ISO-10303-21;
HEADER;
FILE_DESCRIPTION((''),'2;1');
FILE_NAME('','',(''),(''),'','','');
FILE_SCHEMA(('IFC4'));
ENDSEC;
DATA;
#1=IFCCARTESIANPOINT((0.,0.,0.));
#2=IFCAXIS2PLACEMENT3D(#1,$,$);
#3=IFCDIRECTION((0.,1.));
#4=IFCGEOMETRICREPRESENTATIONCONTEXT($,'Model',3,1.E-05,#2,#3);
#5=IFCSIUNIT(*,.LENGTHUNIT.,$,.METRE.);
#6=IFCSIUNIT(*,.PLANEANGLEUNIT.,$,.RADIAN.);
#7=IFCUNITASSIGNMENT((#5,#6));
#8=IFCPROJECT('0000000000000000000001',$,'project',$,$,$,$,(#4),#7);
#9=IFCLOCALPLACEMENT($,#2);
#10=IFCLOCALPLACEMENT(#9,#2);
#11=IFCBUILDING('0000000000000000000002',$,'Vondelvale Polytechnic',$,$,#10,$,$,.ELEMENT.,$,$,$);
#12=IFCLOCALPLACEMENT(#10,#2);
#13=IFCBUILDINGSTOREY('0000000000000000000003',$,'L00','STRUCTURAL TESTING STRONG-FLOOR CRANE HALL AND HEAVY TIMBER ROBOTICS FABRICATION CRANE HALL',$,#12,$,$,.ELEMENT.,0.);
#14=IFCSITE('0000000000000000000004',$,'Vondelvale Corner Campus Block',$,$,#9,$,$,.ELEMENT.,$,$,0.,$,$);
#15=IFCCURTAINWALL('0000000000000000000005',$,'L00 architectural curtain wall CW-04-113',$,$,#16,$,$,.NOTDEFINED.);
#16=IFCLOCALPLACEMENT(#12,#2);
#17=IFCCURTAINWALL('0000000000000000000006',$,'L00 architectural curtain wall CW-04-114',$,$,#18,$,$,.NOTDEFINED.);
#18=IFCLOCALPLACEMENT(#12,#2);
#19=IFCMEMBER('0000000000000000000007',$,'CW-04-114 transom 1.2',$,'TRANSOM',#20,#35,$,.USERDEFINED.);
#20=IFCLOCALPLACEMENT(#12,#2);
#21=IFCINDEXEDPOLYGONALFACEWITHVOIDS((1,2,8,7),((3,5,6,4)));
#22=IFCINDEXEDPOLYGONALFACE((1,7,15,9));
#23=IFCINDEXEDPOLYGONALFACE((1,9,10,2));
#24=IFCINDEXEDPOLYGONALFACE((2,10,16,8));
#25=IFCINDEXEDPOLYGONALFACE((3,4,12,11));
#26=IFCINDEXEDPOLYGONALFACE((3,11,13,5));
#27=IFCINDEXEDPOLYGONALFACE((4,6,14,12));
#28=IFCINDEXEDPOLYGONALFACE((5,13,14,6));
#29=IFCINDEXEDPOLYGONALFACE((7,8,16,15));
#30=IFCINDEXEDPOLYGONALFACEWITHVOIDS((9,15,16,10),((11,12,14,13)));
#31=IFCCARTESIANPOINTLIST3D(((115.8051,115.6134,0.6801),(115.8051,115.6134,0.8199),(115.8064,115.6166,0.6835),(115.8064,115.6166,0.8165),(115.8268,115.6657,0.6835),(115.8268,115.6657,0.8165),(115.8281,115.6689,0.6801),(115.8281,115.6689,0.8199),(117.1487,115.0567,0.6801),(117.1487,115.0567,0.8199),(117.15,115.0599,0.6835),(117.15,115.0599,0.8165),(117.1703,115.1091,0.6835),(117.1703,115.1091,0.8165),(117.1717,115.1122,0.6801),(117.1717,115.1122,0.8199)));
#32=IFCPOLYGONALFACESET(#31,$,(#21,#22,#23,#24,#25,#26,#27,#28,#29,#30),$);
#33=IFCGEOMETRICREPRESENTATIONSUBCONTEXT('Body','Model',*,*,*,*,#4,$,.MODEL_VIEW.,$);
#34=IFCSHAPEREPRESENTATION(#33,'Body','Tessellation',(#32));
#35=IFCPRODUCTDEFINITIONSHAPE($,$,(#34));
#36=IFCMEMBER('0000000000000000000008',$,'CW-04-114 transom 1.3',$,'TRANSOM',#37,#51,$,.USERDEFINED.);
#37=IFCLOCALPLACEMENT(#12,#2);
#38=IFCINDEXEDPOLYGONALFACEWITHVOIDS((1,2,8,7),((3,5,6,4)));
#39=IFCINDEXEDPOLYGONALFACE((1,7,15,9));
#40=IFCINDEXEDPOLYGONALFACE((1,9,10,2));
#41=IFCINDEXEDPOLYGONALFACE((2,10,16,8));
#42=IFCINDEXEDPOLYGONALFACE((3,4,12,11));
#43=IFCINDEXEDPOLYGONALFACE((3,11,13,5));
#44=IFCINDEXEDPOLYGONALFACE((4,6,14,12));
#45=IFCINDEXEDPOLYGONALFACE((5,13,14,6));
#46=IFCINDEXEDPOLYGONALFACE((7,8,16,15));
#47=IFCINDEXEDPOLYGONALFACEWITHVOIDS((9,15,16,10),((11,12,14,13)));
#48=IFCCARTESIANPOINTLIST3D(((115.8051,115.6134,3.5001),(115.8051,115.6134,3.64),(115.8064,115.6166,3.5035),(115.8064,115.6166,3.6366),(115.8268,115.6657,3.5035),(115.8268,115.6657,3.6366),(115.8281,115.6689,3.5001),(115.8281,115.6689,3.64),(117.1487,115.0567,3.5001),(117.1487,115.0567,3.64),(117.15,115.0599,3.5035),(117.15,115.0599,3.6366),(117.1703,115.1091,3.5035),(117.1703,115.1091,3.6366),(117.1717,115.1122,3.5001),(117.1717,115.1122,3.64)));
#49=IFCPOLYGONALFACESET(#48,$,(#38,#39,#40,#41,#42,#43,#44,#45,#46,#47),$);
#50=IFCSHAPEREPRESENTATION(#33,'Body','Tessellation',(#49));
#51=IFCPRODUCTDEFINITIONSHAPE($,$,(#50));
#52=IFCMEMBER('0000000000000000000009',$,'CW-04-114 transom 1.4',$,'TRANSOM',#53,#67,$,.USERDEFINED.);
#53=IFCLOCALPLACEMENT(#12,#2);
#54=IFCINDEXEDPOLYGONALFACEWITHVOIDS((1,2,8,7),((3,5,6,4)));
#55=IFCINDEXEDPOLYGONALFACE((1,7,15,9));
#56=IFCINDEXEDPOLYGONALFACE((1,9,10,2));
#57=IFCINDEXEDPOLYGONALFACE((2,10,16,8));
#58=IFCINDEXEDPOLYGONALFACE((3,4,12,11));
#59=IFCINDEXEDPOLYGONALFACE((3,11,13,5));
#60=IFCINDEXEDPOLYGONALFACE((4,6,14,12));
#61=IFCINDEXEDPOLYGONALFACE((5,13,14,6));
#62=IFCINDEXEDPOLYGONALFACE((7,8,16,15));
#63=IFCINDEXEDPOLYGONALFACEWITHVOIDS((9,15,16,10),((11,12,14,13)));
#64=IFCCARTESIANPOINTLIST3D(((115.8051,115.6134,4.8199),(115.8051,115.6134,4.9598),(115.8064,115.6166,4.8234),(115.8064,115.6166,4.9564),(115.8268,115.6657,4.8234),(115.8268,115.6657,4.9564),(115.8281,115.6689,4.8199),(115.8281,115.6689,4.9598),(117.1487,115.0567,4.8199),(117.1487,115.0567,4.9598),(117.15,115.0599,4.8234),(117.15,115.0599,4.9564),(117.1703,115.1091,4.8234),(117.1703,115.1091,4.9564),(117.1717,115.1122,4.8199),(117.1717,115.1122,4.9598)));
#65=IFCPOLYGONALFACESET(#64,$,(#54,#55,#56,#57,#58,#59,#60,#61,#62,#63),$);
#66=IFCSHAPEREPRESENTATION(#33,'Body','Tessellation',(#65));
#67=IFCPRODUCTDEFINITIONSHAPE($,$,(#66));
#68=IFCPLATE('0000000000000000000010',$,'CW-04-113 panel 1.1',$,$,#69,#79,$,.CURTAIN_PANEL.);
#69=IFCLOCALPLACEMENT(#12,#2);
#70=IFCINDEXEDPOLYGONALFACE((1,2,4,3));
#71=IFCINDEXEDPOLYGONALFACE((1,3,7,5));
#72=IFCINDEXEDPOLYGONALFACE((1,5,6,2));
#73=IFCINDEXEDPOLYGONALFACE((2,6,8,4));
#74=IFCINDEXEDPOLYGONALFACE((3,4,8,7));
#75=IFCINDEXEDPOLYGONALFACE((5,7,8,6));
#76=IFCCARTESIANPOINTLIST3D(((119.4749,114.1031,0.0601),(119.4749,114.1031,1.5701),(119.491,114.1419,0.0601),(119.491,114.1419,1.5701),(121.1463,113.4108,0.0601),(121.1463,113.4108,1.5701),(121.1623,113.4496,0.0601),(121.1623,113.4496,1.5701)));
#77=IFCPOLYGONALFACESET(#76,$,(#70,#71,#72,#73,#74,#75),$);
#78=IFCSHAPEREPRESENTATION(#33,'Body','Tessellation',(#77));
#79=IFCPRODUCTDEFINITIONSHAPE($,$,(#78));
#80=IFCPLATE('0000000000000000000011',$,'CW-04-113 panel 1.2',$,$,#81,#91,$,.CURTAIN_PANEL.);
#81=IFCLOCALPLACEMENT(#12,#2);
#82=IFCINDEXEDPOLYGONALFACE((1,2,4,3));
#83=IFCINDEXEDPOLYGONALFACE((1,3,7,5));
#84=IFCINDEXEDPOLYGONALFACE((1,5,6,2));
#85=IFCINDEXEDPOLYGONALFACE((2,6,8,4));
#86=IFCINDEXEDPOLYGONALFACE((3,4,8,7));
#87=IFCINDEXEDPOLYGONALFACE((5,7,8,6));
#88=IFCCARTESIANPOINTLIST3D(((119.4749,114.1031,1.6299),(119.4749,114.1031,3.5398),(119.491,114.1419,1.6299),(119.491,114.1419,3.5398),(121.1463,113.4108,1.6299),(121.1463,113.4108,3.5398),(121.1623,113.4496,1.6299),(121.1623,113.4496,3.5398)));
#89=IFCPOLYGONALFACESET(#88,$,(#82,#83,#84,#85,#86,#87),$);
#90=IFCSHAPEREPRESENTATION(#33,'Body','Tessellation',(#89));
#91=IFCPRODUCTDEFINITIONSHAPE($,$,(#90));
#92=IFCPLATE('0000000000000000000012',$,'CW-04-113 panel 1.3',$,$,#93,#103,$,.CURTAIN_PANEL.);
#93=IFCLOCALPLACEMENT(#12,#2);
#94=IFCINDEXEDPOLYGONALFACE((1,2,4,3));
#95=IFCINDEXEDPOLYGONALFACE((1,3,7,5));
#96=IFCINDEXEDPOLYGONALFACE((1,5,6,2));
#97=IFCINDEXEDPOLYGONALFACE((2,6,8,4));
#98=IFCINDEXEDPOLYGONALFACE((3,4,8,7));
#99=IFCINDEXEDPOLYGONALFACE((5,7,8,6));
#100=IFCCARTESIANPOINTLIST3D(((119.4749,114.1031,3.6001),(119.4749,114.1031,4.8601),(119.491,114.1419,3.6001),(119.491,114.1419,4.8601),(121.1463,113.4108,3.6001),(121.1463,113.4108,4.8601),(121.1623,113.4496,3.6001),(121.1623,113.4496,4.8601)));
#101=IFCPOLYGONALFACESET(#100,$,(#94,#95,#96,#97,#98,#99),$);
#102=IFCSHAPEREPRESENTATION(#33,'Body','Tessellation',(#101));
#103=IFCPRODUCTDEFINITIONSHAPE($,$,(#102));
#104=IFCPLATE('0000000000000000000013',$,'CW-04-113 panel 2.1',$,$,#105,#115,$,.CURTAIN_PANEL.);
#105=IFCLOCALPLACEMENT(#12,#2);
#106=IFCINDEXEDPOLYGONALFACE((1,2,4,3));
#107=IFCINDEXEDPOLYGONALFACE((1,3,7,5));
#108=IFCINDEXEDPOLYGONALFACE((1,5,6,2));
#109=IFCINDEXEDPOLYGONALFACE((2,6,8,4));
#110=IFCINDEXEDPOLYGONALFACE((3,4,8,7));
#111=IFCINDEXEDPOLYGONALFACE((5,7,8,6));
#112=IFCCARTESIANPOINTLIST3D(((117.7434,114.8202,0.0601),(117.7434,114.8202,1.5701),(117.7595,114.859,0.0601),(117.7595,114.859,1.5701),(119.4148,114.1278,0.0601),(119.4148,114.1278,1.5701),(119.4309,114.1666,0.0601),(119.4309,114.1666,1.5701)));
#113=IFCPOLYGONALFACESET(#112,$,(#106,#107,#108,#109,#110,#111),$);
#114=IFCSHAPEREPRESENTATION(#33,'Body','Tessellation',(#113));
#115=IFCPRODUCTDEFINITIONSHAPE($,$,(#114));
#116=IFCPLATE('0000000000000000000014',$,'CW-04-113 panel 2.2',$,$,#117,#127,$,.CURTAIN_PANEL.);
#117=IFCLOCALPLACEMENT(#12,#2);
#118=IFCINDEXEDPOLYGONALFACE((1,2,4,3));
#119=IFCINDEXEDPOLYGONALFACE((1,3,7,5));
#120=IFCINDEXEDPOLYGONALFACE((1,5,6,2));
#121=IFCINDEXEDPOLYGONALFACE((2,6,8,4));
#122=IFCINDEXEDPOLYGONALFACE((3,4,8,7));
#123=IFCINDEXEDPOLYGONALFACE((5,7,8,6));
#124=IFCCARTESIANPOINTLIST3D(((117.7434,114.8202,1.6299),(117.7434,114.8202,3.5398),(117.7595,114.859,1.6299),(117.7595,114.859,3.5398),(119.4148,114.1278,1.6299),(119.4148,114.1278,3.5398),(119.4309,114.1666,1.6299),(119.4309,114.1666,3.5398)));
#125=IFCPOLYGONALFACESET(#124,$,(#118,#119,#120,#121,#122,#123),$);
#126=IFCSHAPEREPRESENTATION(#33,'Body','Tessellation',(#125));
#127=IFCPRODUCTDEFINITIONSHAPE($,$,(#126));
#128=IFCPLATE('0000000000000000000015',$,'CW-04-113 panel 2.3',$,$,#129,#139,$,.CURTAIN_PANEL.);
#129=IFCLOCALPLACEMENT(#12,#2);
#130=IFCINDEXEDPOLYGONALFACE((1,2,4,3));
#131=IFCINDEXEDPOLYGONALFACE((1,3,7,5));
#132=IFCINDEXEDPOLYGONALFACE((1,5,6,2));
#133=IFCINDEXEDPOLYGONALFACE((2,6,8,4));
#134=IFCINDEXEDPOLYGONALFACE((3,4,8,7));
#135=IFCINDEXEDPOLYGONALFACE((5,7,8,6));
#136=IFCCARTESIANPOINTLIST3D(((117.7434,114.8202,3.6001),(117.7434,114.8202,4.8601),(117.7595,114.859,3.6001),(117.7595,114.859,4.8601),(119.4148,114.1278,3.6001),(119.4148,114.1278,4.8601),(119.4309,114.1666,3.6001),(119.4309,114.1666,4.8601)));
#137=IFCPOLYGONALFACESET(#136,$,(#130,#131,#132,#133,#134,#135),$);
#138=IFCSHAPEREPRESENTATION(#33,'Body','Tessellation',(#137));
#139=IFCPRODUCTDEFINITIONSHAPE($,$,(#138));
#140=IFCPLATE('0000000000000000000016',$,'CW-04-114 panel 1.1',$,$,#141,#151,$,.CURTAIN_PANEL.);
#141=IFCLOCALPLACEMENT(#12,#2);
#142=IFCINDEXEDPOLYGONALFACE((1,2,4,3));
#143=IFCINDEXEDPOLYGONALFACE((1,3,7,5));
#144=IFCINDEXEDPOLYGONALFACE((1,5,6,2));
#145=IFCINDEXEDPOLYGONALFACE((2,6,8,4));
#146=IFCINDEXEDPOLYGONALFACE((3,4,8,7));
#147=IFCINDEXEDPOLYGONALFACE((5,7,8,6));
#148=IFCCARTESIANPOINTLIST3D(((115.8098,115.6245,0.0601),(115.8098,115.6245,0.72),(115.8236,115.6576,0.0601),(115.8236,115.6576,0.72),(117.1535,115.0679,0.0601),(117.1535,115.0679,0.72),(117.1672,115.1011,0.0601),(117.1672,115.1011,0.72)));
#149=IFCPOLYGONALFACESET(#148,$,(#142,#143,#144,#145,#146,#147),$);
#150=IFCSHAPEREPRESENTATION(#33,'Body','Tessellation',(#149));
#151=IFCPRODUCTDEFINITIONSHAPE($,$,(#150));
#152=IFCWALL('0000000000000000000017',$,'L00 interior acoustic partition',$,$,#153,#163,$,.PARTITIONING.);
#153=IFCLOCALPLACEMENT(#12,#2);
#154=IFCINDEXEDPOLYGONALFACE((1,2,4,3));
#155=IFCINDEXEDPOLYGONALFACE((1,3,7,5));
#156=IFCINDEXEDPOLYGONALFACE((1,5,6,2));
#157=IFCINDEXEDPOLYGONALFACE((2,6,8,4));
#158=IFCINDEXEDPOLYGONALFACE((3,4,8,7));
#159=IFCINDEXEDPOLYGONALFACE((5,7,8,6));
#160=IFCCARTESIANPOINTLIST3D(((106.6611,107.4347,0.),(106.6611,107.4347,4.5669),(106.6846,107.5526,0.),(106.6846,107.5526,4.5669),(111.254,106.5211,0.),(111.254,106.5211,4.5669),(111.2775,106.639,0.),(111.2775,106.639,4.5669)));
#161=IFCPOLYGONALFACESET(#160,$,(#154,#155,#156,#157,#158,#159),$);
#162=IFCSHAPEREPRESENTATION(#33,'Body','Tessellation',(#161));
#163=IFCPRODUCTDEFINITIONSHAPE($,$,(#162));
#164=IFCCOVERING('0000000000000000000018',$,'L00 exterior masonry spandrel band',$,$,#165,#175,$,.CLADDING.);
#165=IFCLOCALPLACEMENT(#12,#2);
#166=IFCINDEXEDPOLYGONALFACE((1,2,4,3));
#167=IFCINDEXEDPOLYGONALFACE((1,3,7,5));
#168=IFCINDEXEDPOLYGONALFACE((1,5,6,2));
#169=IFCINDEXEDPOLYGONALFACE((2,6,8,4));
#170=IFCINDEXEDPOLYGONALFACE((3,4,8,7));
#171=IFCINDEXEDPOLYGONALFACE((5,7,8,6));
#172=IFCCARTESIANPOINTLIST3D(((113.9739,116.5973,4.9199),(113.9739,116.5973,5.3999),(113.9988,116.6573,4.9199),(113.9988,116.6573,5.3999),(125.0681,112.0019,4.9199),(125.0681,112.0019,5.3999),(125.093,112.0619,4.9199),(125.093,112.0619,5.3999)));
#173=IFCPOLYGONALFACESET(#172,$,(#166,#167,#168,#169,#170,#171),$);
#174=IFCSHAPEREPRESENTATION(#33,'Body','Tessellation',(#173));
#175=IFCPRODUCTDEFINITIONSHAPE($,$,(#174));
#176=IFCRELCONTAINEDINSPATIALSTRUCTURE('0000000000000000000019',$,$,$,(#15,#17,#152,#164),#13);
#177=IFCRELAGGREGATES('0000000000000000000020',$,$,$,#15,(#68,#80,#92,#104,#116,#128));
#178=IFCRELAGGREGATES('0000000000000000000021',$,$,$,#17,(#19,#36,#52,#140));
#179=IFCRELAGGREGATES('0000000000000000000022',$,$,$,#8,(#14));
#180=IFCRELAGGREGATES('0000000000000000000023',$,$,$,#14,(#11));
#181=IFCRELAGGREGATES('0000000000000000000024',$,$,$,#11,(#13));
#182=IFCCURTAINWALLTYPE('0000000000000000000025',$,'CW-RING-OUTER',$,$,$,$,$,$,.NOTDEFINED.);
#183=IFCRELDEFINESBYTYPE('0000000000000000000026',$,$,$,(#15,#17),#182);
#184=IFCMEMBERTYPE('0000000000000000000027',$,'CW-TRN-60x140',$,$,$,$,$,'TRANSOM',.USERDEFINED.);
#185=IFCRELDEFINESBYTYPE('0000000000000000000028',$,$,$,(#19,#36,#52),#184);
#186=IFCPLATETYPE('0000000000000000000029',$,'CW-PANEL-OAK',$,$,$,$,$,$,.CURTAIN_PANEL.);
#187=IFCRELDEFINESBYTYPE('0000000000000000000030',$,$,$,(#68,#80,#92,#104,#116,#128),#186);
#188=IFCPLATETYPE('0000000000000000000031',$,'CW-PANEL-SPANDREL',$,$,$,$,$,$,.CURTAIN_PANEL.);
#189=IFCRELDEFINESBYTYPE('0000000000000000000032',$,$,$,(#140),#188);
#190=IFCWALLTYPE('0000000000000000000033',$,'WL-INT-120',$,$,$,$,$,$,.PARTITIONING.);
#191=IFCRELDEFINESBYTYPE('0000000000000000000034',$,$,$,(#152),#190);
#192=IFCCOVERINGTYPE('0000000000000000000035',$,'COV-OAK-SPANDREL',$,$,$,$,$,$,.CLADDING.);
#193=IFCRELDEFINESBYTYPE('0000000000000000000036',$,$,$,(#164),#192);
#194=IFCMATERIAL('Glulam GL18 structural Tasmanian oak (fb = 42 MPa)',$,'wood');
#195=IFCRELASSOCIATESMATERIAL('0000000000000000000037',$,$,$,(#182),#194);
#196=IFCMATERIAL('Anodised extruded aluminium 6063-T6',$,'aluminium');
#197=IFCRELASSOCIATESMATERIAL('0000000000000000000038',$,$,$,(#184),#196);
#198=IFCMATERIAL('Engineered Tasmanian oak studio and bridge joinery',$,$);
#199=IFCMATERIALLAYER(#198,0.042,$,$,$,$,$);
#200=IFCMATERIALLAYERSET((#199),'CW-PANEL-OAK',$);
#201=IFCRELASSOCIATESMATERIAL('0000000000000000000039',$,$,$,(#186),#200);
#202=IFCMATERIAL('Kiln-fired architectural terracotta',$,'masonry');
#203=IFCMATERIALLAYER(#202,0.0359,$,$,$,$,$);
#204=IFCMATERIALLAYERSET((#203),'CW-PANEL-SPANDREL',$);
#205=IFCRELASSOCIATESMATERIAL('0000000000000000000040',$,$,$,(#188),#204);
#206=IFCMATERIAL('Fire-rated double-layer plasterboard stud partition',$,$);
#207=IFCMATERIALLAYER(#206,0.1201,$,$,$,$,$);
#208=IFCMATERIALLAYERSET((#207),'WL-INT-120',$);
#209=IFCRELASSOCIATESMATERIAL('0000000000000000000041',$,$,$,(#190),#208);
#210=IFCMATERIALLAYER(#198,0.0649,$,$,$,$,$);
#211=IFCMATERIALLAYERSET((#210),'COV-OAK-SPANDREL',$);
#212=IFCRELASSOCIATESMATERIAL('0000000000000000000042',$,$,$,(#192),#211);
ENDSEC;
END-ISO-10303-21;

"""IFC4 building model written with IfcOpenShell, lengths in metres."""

from ifc_helpers import new_model, si_unit, direction, frame, frame_2d, origin, origin_2d, place, context, subcontext, project, spatial, rectangle, hollow_rectangle, extrude, material, layer, layer_set, material_profile, profile_set, type_object, element, aggregate, save


model = new_model("IFC4")

# Units and contexts
model_context = context("Model", 3, precision=1e-05, world=origin(), true_north=direction((0.0, 1.0)))
body_context = subcontext(model_context, "Body", "Model", "MODEL_VIEW")
ifc_project = project(units=[si_unit("LENGTHUNIT", "METRE"), si_unit("PLANEANGLEUNIT", "RADIAN")], contexts=[model_context])

# Site, building, storey
site_placement = place(None, origin())
site = spatial("IfcSite", under=ifc_project, at=site_placement, Name="Vondelvale Corner Campus Block", CompositionType="ELEMENT", RefElevation=0.0)
building_placement = place(site_placement, origin())
building = spatial("IfcBuilding", under=site, at=building_placement, Name="Vondelvale Polytechnic", CompositionType="ELEMENT")
storey_placement = place(building_placement, origin())
storey = spatial("IfcBuildingStorey", under=building, at=storey_placement, Name="L00", Description="STRUCTURAL TESTING STRONG-FLOOR CRANE HALL AND HEAVY TIMBER ROBOTICS FABRICATION CRANE HALL", CompositionType="ELEMENT", Elevation=0.0)

# Shared definitions
ifc_material_1 = material(Name="Glulam GL18 structural Tasmanian oak (fb = 42 MPa)", Category="wood")

# Curtain wall
curtain_wall_type = type_object("IfcCurtainWallType", Name="CW-RING-OUTER", PredefinedType="NOTDEFINED", material=ifc_material_1)
curtain_wall_1_placement = place(storey_placement, origin())
curtain_wall_1 = element("IfcCurtainWall", 1, at=curtain_wall_1_placement, inside=storey, type_object=curtain_wall_type, Name="L00 architectural curtain wall CW-04-113", PredefinedType="NOTDEFINED")
ifc_material_2 = material(Name="Anodised extruded aluminium 6063-T6", Category="aluminium")

# Curtain wall
curtain_wall_2_placement = place(storey_placement, origin())
curtain_wall_2 = element("IfcCurtainWall", 2, at=curtain_wall_2_placement, inside=storey, type_object=curtain_wall_type, Name="L00 architectural curtain wall CW-04-114", PredefinedType="NOTDEFINED")

# Members
ifc_material_profile_1 = material_profile(ifc_material_2, hollow_rectangle(XDim=0.0601, YDim=0.1399, WallThickness=0.0034, at=origin_2d()), Name="CW-TRN-140x60")
ifc_profile_set_1 = profile_set([ifc_material_profile_1], Name="Anodised extruded aluminium 6063-T6")
member_type_1 = type_object("IfcMemberType", Name="CW-TRN-60x140", ElementType="TRANSOM", PredefinedType="USERDEFINED", material=ifc_profile_set_1)
member_1_placement = place(storey_placement, frame((117.1602, 115.0845, 0.75), z_axis=(-0.923845, 0.382767, 0.0), x_axis=(-0.382767, -0.923845, 0.0)))
member_1 = element("IfcMember", 3, at=member_1_placement, type_object=member_type_1, Name="CW-04-114 transom 1.2", ObjectType="TRANSOM", PredefinedType="USERDEFINED", context=body_context, shape_type="SweptSolid", body=[
    extrude(hollow_rectangle(XDim=0.0601, YDim=0.1399, WallThickness=0.0034, at=origin_2d()), origin(), (0.0, 0.0, 1.0), 1.4543),
])
member_2_placement = place(storey_placement, frame((117.1602, 115.0845, 3.5701), z_axis=(-0.923845, 0.382767, 0.0), x_axis=(-0.382767, -0.923845, 0.0)))
member_2 = element("IfcMember", 4, at=member_2_placement, type_object=member_type_1, Name="CW-04-114 transom 1.3", ObjectType="TRANSOM", PredefinedType="USERDEFINED", context=body_context, shape_type="SweptSolid", body=[
    extrude(hollow_rectangle(XDim=0.0601, YDim=0.1399, WallThickness=0.0034, at=origin_2d()), origin(), (0.0, 0.0, 1.0), 1.4543),
])
member_3_placement = place(storey_placement, frame((117.1602, 115.0845, 4.8899), z_axis=(-0.923845, 0.382767, 0.0), x_axis=(-0.382767, -0.923845, 0.0)))
member_3 = element("IfcMember", 5, at=member_3_placement, type_object=member_type_1, Name="CW-04-114 transom 1.4", ObjectType="TRANSOM", PredefinedType="USERDEFINED", context=body_context, shape_type="SweptSolid", body=[
    extrude(hollow_rectangle(XDim=0.0601, YDim=0.1399, WallThickness=0.0034, at=origin_2d()), origin(), (0.0, 0.0, 1.0), 1.4543),
])

# Plates
ifc_material_3 = material(Name="Engineered Tasmanian oak studio and bridge joinery")
ifc_layer_1 = layer(ifc_material_3, 0.042)
ifc_layer_set_1 = layer_set([ifc_layer_1], Name="CW-PANEL-OAK")
plate_type_1 = type_object("IfcPlateType", Name="CW-PANEL-OAK", PredefinedType="CURTAIN_PANEL", material=ifc_layer_set_1)
plate_1_placement = place(storey_placement, frame((120.3186, 113.7764, 0.0601), z_axis=(0.0, 0.0, 1.0), x_axis=(-0.923875, 0.382695, 0.0)))
plate_1 = element("IfcPlate", 6, at=plate_1_placement, type_object=plate_type_1, Name="CW-04-113 panel 1.1", PredefinedType="CURTAIN_PANEL", context=body_context, shape_type="SweptSolid", body=[
    extrude(rectangle(XDim=1.8091, YDim=0.042, at=origin_2d()), origin(), (0.0, 0.0, 1.0), 1.51),
])
plate_2_placement = place(storey_placement, frame((120.3186, 113.7764, 1.6299), z_axis=(0.0, 0.0, 1.0), x_axis=(-0.923875, 0.382695, 0.0)))
plate_2 = element("IfcPlate", 7, at=plate_2_placement, type_object=plate_type_1, Name="CW-04-113 panel 1.2", PredefinedType="CURTAIN_PANEL", context=body_context, shape_type="SweptSolid", body=[
    extrude(rectangle(XDim=1.8091, YDim=0.042, at=origin_2d()), origin(), (0.0, 0.0, 1.0), 1.9099),
])
plate_3_placement = place(storey_placement, frame((120.3186, 113.7764, 3.6001), z_axis=(0.0, 0.0, 1.0), x_axis=(-0.923875, 0.382695, 0.0)))
plate_3 = element("IfcPlate", 8, at=plate_3_placement, type_object=plate_type_1, Name="CW-04-113 panel 1.3", PredefinedType="CURTAIN_PANEL", context=body_context, shape_type="SweptSolid", body=[
    extrude(rectangle(XDim=1.8091, YDim=0.042, at=origin_2d()), origin(), (0.0, 0.0, 1.0), 1.26),
])
plate_4_placement = place(storey_placement, frame((118.5872, 114.4934, 0.0601), z_axis=(0.0, 0.0, 1.0), x_axis=(-0.923875, 0.382695, 0.0)))
plate_4 = element("IfcPlate", 9, at=plate_4_placement, type_object=plate_type_1, Name="CW-04-113 panel 2.1", PredefinedType="CURTAIN_PANEL", context=body_context, shape_type="SweptSolid", body=[
    extrude(rectangle(XDim=1.8091, YDim=0.042, at=origin_2d()), origin(), (0.0, 0.0, 1.0), 1.51),
])
plate_5_placement = place(storey_placement, frame((118.5872, 114.4934, 1.6299), z_axis=(0.0, 0.0, 1.0), x_axis=(-0.923875, 0.382695, 0.0)))
plate_5 = element("IfcPlate", 10, at=plate_5_placement, type_object=plate_type_1, Name="CW-04-113 panel 2.2", PredefinedType="CURTAIN_PANEL", context=body_context, shape_type="SweptSolid", body=[
    extrude(rectangle(XDim=1.8091, YDim=0.042, at=origin_2d()), origin(), (0.0, 0.0, 1.0), 1.9099),
])
plate_6_placement = place(storey_placement, frame((118.5872, 114.4934, 3.6001), z_axis=(0.0, 0.0, 1.0), x_axis=(-0.923875, 0.382695, 0.0)))
plate_6 = element("IfcPlate", 11, at=plate_6_placement, type_object=plate_type_1, Name="CW-04-113 panel 2.3", PredefinedType="CURTAIN_PANEL", context=body_context, shape_type="SweptSolid", body=[
    extrude(rectangle(XDim=1.8091, YDim=0.042, at=origin_2d()), origin(), (0.0, 0.0, 1.0), 1.26),
])
aggregate(curtain_wall_1, [plate_1, plate_2, plate_3, plate_4, plate_5, plate_6])
ifc_material_4 = material(Name="Kiln-fired architectural terracotta", Category="masonry")
ifc_layer_2 = layer(ifc_material_4, 0.0359)
ifc_layer_set_2 = layer_set([ifc_layer_2], Name="CW-PANEL-SPANDREL")
plate_type_2 = type_object("IfcPlateType", Name="CW-PANEL-SPANDREL", PredefinedType="CURTAIN_PANEL", material=ifc_layer_set_2)
plate_7_placement = place(storey_placement, frame((116.4885, 115.3628, 0.0601), z_axis=(0.0, 0.0, 1.0), x_axis=(-0.923881, 0.382679, 0.0)))
plate_7 = element("IfcPlate", 12, at=plate_7_placement, type_object=plate_type_2, Name="CW-04-114 panel 1.1", PredefinedType="CURTAIN_PANEL", context=body_context, shape_type="SweptSolid", body=[
    extrude(rectangle(XDim=1.4543, YDim=0.0359, at=origin_2d()), origin(), (0.0, 0.0, 1.0), 0.6599),
])
aggregate(curtain_wall_2, [member_1, member_2, member_3, plate_7])

# Wall
ifc_material_5 = material(Name="Fire-rated double-layer plasterboard stud partition")
ifc_layer_3 = layer(ifc_material_5, 0.1201)
ifc_layer_set_3 = layer_set([ifc_layer_3], Name="WL-INT-120")
wall_type = type_object("IfcWallType", Name="WL-INT-120", PredefinedType="PARTITIONING", material=ifc_layer_set_3)
wall_placement = place(storey_placement, frame((111.2656, 106.5801, 0.0), z_axis=(0.0, 0.0, 1.0), x_axis=(-0.980785, 0.195093, 0.0)))
element("IfcWall", 13, at=wall_placement, inside=storey, type_object=wall_type, Name="L00 interior acoustic partition", PredefinedType="PARTITIONING", context=body_context, shape_type="SweptSolid", body=[
    extrude(rectangle(XDim=4.6829, YDim=0.1201, at=frame_2d((2.3413, 0.0))), origin(), (0.0, 0.0, 1.0), 4.5669),
])

# Covering
ifc_layer_4 = layer(ifc_material_3, 0.0649)
ifc_layer_set_4 = layer_set([ifc_layer_4], Name="COV-OAK-SPANDREL")
covering_type = type_object("IfcCoveringType", Name="COV-OAK-SPANDREL", PredefinedType="CLADDING", material=ifc_layer_set_4)
covering_placement = place(storey_placement, frame((119.5334, 114.3296, 4.9199), z_axis=(0.0, 0.0, 1.0), x_axis=(-0.92388, 0.382683, 0.0)))
element("IfcCovering", 14, at=covering_placement, inside=storey, type_object=covering_type, Name="L00 exterior masonry spandrel band", PredefinedType="CLADDING", context=body_context, shape_type="SweptSolid", body=[
    extrude(rectangle(XDim=12.0083, YDim=0.0649, at=origin_2d()), origin(), (0.0, 0.0, 1.0), 0.48),
])

save(model, "model.ifc")
